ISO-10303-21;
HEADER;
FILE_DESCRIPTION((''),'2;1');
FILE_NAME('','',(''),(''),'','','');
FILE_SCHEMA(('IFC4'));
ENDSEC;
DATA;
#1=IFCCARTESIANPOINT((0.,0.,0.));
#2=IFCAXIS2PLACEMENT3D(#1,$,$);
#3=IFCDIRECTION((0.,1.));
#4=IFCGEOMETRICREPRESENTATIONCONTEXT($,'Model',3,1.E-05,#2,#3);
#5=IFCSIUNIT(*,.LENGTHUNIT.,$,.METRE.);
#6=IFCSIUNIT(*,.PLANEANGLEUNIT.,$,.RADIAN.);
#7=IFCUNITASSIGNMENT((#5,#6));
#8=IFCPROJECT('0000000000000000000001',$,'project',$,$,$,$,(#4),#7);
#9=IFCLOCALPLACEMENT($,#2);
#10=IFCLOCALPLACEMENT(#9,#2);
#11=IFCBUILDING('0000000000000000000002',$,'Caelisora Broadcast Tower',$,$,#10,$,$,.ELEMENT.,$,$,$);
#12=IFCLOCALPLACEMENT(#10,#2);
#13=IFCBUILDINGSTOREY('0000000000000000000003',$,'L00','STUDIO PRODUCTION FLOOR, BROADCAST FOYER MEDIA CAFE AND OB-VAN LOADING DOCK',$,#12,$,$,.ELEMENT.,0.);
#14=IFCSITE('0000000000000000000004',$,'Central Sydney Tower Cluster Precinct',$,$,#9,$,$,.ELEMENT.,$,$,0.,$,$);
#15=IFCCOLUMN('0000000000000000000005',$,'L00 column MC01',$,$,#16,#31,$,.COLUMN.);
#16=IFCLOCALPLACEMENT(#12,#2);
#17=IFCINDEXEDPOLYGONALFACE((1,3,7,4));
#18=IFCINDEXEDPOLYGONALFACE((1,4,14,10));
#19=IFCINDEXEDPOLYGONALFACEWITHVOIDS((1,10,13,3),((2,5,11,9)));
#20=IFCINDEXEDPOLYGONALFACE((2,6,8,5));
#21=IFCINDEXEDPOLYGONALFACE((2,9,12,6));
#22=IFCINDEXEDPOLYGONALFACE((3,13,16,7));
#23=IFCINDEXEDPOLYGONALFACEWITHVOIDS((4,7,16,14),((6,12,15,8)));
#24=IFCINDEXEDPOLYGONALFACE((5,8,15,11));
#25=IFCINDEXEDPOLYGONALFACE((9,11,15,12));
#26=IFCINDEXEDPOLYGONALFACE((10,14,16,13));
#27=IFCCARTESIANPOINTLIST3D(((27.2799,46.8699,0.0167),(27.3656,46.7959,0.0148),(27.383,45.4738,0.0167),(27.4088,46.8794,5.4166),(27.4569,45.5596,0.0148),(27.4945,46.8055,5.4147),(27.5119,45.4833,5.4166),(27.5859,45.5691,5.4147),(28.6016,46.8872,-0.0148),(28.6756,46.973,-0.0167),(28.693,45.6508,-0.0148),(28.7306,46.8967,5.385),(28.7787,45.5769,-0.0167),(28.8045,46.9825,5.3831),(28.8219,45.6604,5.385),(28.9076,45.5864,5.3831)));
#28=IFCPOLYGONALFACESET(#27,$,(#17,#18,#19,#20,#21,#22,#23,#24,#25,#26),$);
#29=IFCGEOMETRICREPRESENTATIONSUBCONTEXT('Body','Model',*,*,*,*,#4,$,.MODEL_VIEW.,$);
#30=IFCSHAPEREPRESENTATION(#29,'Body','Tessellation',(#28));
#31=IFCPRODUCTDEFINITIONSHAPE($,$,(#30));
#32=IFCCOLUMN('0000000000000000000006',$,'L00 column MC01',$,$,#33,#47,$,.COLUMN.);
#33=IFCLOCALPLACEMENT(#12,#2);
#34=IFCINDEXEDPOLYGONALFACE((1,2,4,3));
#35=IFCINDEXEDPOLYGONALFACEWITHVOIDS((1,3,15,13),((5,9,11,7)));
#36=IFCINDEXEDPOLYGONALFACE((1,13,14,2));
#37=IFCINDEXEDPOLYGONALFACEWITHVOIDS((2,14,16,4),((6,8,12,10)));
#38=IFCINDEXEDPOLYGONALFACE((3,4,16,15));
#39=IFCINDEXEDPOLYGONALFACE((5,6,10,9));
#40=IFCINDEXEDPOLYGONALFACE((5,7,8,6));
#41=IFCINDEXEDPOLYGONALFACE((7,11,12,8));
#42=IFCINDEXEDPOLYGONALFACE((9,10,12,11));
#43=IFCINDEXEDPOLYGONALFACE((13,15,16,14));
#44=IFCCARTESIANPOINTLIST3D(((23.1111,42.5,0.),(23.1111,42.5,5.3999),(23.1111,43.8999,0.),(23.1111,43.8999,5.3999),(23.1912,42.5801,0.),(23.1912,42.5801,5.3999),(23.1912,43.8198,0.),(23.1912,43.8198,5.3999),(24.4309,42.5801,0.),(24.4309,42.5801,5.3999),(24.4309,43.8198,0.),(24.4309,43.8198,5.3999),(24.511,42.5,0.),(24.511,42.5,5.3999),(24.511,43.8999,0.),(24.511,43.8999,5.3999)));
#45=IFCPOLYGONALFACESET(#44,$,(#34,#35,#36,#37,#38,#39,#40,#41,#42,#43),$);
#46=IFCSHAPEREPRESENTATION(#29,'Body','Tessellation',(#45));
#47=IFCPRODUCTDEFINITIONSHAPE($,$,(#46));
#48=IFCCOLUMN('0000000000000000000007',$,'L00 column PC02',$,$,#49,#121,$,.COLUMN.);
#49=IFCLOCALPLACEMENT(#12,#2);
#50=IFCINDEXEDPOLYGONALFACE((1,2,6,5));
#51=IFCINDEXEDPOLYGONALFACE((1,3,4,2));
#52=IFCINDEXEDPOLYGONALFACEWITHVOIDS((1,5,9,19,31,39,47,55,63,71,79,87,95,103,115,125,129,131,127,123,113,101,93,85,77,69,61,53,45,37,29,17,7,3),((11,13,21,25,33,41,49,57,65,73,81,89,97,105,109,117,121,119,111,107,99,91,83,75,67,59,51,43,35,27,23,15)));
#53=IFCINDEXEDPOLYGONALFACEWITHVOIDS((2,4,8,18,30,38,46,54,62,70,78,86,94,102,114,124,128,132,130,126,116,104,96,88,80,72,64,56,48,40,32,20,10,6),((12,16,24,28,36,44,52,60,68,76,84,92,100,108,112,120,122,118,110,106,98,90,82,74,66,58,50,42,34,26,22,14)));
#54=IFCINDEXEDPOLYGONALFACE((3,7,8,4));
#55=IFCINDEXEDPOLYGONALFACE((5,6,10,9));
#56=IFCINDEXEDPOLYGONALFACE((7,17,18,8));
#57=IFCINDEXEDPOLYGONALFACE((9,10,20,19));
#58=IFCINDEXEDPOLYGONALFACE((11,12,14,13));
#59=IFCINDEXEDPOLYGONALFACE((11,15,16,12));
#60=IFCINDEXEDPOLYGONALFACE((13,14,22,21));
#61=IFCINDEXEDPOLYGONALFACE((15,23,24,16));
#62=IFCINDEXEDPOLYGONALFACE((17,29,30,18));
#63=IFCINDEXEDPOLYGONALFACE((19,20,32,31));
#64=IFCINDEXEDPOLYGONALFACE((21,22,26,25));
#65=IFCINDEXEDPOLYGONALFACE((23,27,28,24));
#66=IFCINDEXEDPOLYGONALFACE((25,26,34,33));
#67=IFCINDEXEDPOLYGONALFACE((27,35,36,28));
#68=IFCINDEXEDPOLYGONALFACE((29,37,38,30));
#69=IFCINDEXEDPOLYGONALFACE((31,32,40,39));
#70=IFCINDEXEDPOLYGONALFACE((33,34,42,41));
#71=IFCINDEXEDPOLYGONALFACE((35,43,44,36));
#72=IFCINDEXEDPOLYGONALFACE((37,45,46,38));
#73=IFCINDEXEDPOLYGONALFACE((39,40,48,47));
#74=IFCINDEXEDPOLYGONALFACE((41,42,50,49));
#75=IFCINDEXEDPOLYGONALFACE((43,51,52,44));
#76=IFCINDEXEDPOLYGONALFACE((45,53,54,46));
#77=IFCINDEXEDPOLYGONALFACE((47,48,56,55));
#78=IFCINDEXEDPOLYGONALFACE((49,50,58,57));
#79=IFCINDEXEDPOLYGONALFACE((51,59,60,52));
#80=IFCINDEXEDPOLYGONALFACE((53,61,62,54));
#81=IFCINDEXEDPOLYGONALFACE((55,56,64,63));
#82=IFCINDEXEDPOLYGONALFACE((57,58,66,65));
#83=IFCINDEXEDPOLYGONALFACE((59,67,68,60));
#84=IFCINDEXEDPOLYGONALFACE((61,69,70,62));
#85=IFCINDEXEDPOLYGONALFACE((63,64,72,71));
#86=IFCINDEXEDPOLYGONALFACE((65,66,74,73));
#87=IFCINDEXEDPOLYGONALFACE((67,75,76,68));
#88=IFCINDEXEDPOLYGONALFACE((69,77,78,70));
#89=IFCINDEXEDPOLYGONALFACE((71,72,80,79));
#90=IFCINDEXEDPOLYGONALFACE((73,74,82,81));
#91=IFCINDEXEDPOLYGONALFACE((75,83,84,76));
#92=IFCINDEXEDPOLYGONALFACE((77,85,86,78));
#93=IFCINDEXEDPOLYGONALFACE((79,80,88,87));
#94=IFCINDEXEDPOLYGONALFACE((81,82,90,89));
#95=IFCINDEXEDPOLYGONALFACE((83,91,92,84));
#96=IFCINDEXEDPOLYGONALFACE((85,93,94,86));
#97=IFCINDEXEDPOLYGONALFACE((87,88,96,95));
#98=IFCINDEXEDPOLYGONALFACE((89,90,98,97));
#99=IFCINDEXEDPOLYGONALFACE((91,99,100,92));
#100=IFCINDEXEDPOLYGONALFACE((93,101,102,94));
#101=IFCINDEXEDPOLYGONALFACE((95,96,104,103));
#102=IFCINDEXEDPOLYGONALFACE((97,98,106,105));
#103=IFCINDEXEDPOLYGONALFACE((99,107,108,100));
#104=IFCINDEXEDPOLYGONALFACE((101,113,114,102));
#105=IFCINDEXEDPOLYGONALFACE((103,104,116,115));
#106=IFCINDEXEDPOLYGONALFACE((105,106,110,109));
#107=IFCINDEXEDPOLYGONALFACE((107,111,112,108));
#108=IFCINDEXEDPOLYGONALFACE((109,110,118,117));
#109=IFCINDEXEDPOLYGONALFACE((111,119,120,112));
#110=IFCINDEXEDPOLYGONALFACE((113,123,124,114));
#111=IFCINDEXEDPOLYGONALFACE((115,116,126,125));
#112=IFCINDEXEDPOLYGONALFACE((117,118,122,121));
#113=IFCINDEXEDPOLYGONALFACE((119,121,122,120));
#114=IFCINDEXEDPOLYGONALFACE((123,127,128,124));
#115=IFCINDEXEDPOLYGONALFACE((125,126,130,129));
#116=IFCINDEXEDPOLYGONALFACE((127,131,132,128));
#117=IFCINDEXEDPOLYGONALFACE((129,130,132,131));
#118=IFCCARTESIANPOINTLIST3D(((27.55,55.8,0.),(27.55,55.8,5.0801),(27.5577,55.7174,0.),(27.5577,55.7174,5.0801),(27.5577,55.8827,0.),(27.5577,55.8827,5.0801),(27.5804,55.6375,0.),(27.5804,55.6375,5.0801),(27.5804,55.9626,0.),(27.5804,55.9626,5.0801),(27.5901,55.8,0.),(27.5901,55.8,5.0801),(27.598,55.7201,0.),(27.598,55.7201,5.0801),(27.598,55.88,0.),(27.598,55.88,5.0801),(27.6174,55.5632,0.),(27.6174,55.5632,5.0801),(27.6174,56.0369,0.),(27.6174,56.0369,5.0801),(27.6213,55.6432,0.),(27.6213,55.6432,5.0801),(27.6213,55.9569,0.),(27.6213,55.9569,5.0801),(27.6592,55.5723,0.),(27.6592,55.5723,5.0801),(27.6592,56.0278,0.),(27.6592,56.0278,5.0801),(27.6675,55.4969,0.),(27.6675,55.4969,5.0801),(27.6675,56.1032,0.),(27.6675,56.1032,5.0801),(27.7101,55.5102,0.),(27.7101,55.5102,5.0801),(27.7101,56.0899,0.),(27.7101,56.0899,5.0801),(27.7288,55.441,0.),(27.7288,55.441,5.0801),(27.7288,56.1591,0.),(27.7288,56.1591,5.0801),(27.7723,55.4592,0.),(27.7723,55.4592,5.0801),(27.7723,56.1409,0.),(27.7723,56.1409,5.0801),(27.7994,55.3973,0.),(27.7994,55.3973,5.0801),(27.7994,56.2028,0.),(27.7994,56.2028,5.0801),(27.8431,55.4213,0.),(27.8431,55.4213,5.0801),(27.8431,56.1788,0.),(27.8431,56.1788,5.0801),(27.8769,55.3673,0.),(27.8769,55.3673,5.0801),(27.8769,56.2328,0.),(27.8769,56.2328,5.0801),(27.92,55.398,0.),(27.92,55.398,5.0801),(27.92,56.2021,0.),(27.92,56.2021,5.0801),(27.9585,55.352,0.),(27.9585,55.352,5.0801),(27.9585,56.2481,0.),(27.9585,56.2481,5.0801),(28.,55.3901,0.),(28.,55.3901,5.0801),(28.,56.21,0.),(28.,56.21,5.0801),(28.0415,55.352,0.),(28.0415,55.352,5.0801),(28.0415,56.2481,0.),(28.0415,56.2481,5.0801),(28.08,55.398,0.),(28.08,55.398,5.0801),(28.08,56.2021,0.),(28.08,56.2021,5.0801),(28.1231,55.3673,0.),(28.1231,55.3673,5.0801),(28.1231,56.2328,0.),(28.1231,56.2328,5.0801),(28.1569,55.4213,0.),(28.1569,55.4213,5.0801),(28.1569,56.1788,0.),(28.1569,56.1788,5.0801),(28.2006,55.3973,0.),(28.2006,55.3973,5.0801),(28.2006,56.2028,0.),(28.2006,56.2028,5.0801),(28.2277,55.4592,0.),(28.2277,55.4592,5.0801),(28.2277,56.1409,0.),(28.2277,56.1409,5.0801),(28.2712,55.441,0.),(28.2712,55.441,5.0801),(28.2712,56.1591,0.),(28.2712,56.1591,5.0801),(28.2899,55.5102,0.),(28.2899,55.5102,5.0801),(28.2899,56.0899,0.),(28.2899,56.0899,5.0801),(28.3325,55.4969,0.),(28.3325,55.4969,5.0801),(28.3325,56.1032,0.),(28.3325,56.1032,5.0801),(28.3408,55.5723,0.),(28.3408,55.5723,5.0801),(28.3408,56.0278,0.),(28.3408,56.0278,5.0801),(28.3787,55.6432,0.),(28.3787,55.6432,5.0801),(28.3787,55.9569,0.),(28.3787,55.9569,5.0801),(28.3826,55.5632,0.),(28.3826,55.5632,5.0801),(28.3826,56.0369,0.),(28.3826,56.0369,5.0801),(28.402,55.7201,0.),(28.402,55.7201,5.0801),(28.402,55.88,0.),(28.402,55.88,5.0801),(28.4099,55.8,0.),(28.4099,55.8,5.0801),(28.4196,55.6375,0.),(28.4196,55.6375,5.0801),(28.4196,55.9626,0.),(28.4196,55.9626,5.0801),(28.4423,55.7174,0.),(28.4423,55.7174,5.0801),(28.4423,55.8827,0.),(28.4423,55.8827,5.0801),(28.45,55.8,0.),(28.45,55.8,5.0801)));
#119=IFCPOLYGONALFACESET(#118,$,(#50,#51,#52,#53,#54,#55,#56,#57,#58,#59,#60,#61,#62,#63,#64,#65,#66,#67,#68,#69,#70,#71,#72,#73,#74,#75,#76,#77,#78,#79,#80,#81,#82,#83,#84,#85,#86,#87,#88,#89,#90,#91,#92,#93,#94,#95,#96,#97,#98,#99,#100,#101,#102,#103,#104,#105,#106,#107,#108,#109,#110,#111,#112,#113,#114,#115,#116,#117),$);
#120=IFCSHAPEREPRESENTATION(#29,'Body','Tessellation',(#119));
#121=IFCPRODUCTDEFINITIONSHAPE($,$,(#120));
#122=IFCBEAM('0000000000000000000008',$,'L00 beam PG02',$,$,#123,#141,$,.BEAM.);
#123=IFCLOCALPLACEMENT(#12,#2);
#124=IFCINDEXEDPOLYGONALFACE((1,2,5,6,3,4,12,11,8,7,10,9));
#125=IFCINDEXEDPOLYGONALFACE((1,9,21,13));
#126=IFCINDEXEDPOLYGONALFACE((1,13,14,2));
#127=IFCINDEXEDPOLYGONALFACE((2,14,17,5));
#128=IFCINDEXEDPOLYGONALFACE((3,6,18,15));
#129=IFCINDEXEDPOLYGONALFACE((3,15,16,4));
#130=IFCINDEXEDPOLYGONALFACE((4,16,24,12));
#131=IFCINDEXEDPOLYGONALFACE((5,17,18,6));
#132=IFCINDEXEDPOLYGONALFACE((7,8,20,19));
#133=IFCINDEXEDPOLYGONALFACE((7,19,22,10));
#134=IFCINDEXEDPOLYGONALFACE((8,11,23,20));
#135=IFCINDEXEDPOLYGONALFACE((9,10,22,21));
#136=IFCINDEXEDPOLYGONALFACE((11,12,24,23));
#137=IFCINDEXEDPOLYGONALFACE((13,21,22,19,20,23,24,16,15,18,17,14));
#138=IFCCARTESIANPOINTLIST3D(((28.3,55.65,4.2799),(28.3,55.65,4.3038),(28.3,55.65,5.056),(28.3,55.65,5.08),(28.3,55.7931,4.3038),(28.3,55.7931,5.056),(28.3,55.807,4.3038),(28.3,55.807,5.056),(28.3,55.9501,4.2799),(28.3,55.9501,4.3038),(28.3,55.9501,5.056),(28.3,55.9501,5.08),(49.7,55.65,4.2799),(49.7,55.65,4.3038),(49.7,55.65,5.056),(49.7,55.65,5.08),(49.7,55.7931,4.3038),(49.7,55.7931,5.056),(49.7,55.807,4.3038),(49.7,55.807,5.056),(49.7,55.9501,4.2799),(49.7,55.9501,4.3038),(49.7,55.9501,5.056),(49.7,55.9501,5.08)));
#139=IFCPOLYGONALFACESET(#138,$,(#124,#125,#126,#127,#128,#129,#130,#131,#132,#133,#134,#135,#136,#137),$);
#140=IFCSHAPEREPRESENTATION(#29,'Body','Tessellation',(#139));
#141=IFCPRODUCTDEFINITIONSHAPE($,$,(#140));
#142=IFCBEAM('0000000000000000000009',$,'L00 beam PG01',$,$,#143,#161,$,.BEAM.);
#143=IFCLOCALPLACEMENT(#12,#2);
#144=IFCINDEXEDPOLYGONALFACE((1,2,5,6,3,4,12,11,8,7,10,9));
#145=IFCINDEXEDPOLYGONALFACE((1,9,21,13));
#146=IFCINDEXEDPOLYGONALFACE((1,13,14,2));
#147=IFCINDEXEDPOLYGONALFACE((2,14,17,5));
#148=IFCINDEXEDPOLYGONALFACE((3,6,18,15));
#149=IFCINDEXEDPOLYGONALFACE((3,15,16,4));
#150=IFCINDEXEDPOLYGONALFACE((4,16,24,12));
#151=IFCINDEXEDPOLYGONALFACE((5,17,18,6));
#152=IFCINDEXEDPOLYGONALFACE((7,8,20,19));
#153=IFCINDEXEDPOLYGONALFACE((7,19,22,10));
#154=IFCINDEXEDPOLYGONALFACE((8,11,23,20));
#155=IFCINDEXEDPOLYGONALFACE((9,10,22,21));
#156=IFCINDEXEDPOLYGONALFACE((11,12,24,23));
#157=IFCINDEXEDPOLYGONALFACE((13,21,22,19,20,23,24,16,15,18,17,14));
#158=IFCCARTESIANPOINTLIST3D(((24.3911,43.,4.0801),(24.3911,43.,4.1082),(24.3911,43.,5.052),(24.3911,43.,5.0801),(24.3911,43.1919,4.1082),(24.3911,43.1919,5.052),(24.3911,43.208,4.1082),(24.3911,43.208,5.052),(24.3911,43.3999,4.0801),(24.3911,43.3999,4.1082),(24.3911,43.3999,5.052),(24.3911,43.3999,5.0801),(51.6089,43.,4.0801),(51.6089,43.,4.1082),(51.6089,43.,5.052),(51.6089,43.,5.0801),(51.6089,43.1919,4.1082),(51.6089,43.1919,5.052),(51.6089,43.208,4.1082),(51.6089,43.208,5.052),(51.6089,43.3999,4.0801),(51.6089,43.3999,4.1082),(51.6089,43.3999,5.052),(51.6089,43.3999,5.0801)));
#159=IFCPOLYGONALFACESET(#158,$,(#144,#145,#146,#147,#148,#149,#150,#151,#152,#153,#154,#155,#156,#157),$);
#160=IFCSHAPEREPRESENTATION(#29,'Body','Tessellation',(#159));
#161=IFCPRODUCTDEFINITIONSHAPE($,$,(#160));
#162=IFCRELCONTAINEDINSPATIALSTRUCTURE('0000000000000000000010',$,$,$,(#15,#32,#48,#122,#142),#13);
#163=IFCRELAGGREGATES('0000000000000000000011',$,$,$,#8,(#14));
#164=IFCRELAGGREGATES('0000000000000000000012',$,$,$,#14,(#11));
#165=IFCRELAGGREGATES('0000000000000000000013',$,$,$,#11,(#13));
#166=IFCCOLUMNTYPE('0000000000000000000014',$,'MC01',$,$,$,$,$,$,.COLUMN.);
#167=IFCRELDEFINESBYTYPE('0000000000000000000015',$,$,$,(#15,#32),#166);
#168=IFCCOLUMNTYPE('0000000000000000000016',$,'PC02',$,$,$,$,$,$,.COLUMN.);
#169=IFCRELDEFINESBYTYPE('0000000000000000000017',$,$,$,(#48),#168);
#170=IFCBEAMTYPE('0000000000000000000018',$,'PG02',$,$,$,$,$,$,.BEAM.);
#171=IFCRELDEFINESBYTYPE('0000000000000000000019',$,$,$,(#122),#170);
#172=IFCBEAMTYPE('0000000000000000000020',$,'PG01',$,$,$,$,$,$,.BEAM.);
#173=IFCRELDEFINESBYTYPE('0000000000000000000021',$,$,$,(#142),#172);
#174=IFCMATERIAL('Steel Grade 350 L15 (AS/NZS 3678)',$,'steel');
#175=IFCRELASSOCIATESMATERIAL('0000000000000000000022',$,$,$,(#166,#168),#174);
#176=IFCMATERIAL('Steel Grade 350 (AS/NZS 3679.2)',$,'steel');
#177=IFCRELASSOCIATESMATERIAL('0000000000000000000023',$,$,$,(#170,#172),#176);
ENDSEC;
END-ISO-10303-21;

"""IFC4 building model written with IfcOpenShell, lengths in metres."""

from ifc_helpers import new_model, si_unit, direction, frame, origin, origin_2d, place, context, subcontext, project, spatial, hollow_rectangle, hollow_circle, i_section, extrude, source, transform, mapped, material, material_profile, profile_set, type_object, type_shapes, element, save


model = new_model("IFC4")

# Units and contexts
model_context = context("Model", 3, precision=1e-05, world=origin(), true_north=direction((0.0, 1.0)))
body_context = subcontext(model_context, "Body", "Model", "MODEL_VIEW")
ifc_project = project(units=[si_unit("LENGTHUNIT", "METRE"), si_unit("PLANEANGLEUNIT", "RADIAN")], contexts=[model_context])

# Site, building, storey
site_placement = place(None, origin())
site = spatial("IfcSite", under=ifc_project, at=site_placement, Name="Central Sydney Tower Cluster Precinct", CompositionType="ELEMENT", RefElevation=0.0)
building_placement = place(site_placement, origin())
building = spatial("IfcBuilding", under=site, at=building_placement, Name="Caelisora Broadcast Tower", CompositionType="ELEMENT")
storey_placement = place(building_placement, origin())
storey = spatial("IfcBuildingStorey", under=building, at=storey_placement, Name="L00", Description="STUDIO PRODUCTION FLOOR, BROADCAST FOYER MEDIA CAFE AND OB-VAN LOADING DOCK", CompositionType="ELEMENT", Elevation=0.0)

# Columns
ifc_material_1 = material(Name="Steel Grade 350 L15 (AS/NZS 3678)", Category="steel")
ifc_material_profile_1 = material_profile(ifc_material_1, hollow_rectangle(XDim=1.3999, YDim=1.3999, WallThickness=0.0801, at=origin_2d()), Name="Steel Grade 350 L15 (AS/NZS 3678)")
ifc_profile_set_1 = profile_set([ifc_material_profile_1], Name="Steel Grade 350 L15 (AS/NZS 3678)")
column_type_1 = type_object("IfcColumnType", Name="MC01", PredefinedType="COLUMN", material=ifc_profile_set_1)
shared_shape_1 = source(origin(), body_context, "Body", "SweptSolid", [
    extrude(hollow_rectangle(XDim=1.3999, YDim=1.3999, WallThickness=0.0801, at=origin_2d()), origin(), (0.0, 0.0, 1.0), 5.4014),
])
column_1_placement = place(storey_placement, frame((28.0293, 46.2234, 0.0), z_axis=(0.023865, 0.001763, 0.999714), x_axis=(-0.073663, 0.997283, 0.0)))
element("IfcColumn", 1, at=column_1_placement, inside=storey, type_object=column_type_1, Name="L00 column MC01", PredefinedType="COLUMN", context=body_context, shape_type="MappedRepresentation", body=[
    mapped(shared_shape_1, transform((0.0, 0.0, 0.0), scale=1.0)),
])
shared_shape_2 = source(origin(), body_context, "Body", "SweptSolid", [
    extrude(hollow_rectangle(XDim=1.3999, YDim=1.3999, WallThickness=0.0801, at=origin_2d()), origin(), (0.0, 0.0, 1.0), 5.3999),
])
type_shapes(column_type_1, [shared_shape_1, shared_shape_2])
column_2_placement = place(storey_placement, frame((23.811, 43.2, 0.0), z_axis=(0.0, 0.0, 1.0), x_axis=(1.0, 0.0, 0.0)))
element("IfcColumn", 2, at=column_2_placement, inside=storey, type_object=column_type_1, Name="L00 column MC01", PredefinedType="COLUMN", context=body_context, shape_type="MappedRepresentation", body=[
    mapped(shared_shape_2, transform((0.0, 0.0, 0.0), scale=1.0)),
])
ifc_material_profile_2 = material_profile(ifc_material_1, hollow_circle(Radius=0.45, WallThickness=0.04, at=origin_2d()), Name="Steel Grade 350 L15 (AS/NZS 3678)")
ifc_profile_set_2 = profile_set([ifc_material_profile_2], Name="Steel Grade 350 L15 (AS/NZS 3678)")
column_type_2 = type_object("IfcColumnType", Name="PC02", PredefinedType="COLUMN", material=ifc_profile_set_2)
shared_shape_3 = source(origin(), body_context, "Body", "SweptSolid", [
    extrude(hollow_circle(Radius=0.45, WallThickness=0.04, at=origin_2d()), origin(), (0.0, 0.0, 1.0), 5.0801),
])
type_shapes(column_type_2, [shared_shape_3])
column_3_placement = place(storey_placement, frame((28.0, 55.8, 0.0), z_axis=(0.0, 0.0, 1.0), x_axis=(1.0, 0.0, 0.0)))
element("IfcColumn", 3, at=column_3_placement, inside=storey, type_object=column_type_2, Name="L00 column PC02", PredefinedType="COLUMN", context=body_context, shape_type="MappedRepresentation", body=[
    mapped(shared_shape_3, transform((0.0, 0.0, 0.0), scale=1.0)),
])

# Beams
ifc_material_2 = material(Name="Steel Grade 350 (AS/NZS 3679.2)", Category="steel")
ifc_material_profile_3 = material_profile(ifc_material_2, i_section(OverallWidth=0.3, OverallDepth=0.8, WebThickness=0.0139, FlangeThickness=0.0239, at=origin_2d()), Name="Steel Grade 350 (AS/NZS 3679.2)")
ifc_profile_set_3 = profile_set([ifc_material_profile_3], Name="Steel Grade 350 (AS/NZS 3679.2)")
beam_type_1 = type_object("IfcBeamType", Name="PG02", PredefinedType="BEAM", material=ifc_profile_set_3)
shared_shape_4 = source(origin(), body_context, "Body", "SweptSolid", [
    extrude(i_section(OverallWidth=0.3, OverallDepth=0.8, WebThickness=0.0139, FlangeThickness=0.0239, at=origin_2d()), origin(), (0.0, 0.0, 1.0), 21.3999),
])
type_shapes(beam_type_1, [shared_shape_4])
beam_1_placement = place(storey_placement, frame((28.3, 55.8, 4.6799), z_axis=(1.0, 0.0, 0.0), x_axis=(0.0, 1.0, 0.0)))
element("IfcBeam", 4, at=beam_1_placement, inside=storey, type_object=beam_type_1, Name="L00 beam PG02", PredefinedType="BEAM", context=body_context, shape_type="MappedRepresentation", body=[
    mapped(shared_shape_4, transform((0.0, 0.0, 0.0), scale=1.0)),
])
ifc_material_profile_4 = material_profile(ifc_material_2, i_section(OverallWidth=0.3999, OverallDepth=1.0, WebThickness=0.0161, FlangeThickness=0.0281, at=origin_2d()), Name="Steel Grade 350 (AS/NZS 3679.2)")
ifc_profile_set_4 = profile_set([ifc_material_profile_4], Name="Steel Grade 350 (AS/NZS 3679.2)")
beam_type_2 = type_object("IfcBeamType", Name="PG01", PredefinedType="BEAM", material=ifc_profile_set_4)
shared_shape_5 = source(origin(), body_context, "Body", "SweptSolid", [
    extrude(i_section(OverallWidth=0.3999, OverallDepth=1.0, WebThickness=0.0161, FlangeThickness=0.0281, at=origin_2d()), origin(), (0.0, 0.0, 1.0), 27.2178),
])
beam_2_placement = place(storey_placement, frame((24.3911, 43.2, 4.5801), z_axis=(1.0, 0.0, 0.0), x_axis=(0.0, 1.0, 0.0)))
element("IfcBeam", 5, at=beam_2_placement, inside=storey, type_object=beam_type_2, Name="L00 beam PG01", PredefinedType="BEAM", context=body_context, shape_type="MappedRepresentation", body=[
    mapped(shared_shape_5, transform((0.0, 0.0, 0.0), scale=1.0)),
])

save(model, "model.ifc")
